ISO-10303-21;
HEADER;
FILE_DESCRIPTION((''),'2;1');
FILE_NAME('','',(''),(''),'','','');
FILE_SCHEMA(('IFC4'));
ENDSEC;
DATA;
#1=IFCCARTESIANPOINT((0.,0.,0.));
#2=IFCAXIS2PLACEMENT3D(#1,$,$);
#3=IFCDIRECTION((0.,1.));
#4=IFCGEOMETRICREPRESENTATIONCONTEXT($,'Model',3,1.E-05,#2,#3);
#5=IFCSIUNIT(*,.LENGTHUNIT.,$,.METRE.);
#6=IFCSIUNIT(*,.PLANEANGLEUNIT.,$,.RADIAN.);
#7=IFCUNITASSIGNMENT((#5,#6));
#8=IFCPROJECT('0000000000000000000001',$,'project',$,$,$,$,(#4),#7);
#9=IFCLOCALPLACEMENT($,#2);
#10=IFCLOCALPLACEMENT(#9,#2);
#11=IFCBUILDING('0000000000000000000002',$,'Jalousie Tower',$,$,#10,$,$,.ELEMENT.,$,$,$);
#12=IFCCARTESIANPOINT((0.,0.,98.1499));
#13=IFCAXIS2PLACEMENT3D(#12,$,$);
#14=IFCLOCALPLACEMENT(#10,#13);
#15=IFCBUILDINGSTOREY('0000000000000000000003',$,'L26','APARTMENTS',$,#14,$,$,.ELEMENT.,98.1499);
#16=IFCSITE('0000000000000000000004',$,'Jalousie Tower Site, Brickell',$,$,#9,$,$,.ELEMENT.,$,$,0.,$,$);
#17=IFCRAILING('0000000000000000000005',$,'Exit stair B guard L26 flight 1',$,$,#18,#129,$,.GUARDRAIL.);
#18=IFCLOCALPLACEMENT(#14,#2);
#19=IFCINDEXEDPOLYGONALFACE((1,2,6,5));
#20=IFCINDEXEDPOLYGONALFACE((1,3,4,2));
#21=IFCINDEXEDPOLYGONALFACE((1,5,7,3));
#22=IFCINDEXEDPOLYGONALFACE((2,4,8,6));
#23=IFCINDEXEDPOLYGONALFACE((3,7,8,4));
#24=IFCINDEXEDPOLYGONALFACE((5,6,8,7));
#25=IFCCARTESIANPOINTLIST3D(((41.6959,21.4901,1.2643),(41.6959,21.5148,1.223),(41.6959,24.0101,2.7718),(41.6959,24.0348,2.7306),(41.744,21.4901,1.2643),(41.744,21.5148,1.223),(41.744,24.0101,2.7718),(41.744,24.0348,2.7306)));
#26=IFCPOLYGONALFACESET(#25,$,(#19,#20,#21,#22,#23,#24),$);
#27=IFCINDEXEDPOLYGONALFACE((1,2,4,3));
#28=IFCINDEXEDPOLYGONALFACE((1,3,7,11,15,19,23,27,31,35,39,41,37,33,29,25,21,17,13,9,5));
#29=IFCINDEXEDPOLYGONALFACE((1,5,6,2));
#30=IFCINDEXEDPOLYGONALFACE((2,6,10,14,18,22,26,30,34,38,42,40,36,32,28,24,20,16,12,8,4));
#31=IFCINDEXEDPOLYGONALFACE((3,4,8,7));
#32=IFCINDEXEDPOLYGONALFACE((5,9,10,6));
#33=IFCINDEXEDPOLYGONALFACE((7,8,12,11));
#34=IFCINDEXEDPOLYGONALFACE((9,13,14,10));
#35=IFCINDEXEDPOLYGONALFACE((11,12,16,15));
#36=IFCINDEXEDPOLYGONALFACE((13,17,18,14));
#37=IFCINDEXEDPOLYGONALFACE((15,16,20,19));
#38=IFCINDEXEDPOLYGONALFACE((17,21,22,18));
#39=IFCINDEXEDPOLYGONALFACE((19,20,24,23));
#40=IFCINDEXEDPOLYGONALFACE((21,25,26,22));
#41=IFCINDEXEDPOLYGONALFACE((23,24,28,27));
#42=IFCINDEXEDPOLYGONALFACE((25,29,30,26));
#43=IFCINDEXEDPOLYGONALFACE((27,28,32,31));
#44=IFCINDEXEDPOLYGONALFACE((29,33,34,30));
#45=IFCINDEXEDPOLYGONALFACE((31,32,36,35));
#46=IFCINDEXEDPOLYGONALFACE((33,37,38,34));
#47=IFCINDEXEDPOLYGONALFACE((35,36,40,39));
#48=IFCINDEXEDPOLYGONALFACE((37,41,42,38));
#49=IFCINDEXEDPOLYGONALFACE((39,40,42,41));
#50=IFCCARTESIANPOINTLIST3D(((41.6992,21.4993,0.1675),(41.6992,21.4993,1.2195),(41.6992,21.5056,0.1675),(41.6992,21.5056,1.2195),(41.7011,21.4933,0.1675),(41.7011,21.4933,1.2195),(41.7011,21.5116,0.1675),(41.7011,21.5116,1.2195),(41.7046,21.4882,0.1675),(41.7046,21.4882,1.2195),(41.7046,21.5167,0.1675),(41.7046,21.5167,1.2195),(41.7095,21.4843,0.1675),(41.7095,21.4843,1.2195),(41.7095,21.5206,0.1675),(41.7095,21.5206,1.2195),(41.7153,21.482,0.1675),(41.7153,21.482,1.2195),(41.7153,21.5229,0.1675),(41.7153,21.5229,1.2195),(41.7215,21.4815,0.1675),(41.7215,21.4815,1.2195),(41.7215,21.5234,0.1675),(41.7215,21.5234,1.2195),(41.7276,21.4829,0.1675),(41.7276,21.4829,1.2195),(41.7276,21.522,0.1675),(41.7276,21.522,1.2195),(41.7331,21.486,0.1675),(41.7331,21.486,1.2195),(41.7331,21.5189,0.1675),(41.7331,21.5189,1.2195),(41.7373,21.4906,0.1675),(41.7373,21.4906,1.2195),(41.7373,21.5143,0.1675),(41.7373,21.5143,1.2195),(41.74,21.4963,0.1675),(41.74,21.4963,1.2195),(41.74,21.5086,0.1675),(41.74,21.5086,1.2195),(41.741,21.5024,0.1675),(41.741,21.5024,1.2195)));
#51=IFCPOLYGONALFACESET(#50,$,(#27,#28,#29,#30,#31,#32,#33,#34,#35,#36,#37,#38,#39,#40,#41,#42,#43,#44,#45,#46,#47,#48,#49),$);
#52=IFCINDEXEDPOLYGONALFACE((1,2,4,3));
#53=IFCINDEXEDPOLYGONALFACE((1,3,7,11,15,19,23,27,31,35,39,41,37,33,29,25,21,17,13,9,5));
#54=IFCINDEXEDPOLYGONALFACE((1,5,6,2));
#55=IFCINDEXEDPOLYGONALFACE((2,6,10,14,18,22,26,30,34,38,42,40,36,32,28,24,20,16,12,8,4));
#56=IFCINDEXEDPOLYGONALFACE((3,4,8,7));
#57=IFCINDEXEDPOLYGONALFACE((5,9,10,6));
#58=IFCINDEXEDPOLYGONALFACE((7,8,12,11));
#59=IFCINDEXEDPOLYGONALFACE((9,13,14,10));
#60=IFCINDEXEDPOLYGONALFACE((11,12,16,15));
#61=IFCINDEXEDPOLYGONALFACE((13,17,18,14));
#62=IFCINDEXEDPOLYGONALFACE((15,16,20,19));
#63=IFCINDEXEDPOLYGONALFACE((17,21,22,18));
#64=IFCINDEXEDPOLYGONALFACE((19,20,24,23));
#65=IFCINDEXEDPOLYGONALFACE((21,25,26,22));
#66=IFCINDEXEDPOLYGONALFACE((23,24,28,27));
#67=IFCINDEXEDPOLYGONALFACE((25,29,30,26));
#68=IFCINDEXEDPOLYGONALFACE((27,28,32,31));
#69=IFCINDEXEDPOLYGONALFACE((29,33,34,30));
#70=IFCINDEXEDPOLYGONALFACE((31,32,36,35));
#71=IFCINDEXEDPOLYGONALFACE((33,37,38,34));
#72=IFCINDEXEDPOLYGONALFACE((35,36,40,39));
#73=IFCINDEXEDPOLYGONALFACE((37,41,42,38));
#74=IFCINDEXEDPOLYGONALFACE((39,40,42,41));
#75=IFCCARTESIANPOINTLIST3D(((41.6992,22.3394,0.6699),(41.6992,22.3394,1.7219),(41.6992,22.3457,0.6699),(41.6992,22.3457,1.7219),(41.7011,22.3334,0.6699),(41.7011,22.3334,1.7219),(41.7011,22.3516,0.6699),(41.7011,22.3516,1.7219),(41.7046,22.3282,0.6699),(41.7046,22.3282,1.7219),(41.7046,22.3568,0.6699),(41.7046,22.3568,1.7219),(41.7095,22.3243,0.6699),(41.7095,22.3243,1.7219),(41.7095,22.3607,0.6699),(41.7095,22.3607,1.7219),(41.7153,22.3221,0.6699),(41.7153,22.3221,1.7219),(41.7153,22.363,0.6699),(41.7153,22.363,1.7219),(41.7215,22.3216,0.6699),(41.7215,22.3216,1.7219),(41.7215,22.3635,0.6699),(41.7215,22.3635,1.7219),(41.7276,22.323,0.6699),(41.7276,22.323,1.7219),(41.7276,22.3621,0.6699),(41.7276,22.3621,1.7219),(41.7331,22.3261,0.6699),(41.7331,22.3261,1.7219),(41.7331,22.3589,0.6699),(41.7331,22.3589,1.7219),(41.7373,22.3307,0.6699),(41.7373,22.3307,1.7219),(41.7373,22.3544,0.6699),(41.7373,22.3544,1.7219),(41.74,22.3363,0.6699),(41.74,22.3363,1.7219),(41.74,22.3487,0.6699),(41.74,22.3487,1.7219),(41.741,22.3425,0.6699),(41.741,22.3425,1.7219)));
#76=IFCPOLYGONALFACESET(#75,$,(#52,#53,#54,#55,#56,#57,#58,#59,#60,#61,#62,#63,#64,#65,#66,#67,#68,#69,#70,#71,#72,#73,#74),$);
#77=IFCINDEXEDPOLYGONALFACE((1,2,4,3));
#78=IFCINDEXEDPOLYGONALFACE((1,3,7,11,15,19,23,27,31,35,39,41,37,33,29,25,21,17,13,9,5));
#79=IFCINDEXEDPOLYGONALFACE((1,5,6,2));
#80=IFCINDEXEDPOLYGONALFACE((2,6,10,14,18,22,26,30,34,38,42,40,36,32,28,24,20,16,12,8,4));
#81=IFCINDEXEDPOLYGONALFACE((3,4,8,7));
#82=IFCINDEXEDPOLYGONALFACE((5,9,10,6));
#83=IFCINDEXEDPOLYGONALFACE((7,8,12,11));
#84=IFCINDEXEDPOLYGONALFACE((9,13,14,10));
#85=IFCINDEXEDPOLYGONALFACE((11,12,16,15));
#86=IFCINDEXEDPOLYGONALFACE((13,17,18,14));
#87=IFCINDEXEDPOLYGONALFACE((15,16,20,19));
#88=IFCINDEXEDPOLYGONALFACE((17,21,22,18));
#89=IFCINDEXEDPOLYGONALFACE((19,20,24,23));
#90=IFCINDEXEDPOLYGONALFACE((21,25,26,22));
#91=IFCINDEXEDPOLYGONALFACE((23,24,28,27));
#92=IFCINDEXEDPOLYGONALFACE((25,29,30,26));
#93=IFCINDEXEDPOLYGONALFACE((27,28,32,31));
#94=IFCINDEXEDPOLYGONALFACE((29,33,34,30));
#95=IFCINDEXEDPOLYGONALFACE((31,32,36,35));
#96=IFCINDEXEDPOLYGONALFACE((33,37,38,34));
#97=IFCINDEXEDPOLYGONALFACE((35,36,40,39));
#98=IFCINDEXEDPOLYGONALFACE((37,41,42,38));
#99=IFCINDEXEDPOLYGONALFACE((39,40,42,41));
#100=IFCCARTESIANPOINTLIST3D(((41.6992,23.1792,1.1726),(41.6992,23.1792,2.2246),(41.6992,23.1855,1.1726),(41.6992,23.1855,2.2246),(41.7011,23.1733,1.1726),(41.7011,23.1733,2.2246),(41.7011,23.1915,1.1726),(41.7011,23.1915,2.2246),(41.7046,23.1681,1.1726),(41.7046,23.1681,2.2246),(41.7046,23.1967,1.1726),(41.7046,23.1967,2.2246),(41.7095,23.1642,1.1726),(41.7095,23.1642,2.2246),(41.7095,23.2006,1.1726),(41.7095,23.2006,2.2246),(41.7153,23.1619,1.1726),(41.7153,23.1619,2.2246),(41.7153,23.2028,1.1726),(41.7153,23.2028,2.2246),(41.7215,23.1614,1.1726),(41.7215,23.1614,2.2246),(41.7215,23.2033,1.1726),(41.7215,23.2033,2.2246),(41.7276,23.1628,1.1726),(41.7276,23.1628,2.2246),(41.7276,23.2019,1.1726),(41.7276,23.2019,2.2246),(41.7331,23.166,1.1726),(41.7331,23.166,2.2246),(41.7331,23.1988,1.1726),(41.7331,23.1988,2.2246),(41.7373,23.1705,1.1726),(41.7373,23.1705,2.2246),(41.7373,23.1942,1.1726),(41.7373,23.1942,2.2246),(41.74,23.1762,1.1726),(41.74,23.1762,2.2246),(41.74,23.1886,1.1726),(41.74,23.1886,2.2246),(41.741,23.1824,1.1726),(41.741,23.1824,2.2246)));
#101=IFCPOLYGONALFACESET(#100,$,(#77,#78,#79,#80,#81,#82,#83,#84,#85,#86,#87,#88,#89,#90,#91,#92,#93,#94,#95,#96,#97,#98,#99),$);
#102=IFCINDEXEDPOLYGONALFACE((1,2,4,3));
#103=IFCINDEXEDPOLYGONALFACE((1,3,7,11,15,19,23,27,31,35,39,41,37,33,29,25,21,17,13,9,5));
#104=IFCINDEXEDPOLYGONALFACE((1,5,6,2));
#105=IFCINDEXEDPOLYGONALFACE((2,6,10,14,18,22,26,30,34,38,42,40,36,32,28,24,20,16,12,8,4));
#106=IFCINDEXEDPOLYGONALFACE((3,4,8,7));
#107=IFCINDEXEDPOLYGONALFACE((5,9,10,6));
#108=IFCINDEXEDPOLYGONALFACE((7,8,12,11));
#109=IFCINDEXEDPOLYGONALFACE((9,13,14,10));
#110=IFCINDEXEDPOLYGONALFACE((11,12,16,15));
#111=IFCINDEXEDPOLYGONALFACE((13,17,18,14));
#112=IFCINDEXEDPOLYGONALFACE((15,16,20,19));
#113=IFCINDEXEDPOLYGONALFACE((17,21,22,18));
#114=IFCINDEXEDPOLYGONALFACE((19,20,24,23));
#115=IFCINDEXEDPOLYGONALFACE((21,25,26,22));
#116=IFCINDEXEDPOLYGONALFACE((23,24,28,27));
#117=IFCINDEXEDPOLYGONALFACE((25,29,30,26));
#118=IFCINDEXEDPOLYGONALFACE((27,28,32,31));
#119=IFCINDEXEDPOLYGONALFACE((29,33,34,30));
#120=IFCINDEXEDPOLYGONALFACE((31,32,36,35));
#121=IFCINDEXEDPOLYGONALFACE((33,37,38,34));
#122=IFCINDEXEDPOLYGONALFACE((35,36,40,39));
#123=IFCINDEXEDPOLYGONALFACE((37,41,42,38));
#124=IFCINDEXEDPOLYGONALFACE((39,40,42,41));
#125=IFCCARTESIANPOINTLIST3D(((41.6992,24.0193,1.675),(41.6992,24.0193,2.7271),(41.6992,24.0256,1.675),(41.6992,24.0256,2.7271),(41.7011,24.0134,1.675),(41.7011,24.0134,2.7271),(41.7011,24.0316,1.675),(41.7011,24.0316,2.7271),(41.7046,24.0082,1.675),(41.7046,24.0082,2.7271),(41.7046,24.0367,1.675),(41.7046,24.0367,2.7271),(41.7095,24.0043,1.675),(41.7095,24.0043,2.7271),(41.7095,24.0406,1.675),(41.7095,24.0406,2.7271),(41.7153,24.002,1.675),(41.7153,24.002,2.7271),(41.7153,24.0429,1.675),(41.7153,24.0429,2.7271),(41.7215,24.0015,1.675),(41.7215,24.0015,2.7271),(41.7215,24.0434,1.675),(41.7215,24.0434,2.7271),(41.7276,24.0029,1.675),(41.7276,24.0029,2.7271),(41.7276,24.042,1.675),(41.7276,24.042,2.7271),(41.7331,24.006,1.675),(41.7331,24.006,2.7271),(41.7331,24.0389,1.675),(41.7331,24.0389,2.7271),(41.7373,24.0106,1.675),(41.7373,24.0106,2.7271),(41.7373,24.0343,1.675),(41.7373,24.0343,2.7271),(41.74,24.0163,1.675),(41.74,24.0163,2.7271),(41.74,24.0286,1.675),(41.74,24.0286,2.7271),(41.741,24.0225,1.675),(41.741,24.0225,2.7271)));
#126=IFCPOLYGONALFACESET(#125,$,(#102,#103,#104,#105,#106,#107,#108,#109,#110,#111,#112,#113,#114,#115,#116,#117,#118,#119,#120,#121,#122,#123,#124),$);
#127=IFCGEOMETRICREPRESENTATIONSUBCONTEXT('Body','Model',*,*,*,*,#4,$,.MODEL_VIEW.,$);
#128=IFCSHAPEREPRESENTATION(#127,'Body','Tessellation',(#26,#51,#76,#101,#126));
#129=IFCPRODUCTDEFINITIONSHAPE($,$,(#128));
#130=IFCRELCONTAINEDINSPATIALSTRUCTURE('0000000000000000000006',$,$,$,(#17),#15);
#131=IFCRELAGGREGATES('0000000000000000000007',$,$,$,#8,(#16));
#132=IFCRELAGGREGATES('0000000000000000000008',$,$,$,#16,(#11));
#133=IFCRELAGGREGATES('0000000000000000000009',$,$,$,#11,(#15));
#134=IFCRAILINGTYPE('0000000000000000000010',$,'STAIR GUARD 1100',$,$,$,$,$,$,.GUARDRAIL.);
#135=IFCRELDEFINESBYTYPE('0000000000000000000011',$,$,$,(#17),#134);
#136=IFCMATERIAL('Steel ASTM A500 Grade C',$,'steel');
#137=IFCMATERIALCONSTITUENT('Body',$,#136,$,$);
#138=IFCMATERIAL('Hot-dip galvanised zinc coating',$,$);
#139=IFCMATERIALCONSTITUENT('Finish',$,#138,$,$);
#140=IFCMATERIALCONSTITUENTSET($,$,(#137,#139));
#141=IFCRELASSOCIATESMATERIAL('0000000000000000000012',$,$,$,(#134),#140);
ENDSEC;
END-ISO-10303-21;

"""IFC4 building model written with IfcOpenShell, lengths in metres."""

from ifc_helpers import new_model, si_unit, direction, frame, origin, origin_2d, place, context, subcontext, project, spatial, rectangle, circle, extrude, material, constituent, constituent_set, type_object, element, save


model = new_model("IFC4")

# Units and contexts
model_context = context("Model", 3, precision=1e-05, world=origin(), true_north=direction((0.0, 1.0)))
body_context = subcontext(model_context, "Body", "Model", "MODEL_VIEW")
ifc_project = project(units=[si_unit("LENGTHUNIT", "METRE"), si_unit("PLANEANGLEUNIT", "RADIAN")], contexts=[model_context])

# Site, building, storey
site_placement = place(None, origin())
site = spatial("IfcSite", under=ifc_project, at=site_placement, Name="Jalousie Tower Site, Brickell", CompositionType="ELEMENT", RefElevation=0.0)
building_placement = place(site_placement, origin())
building = spatial("IfcBuilding", under=site, at=building_placement, Name="Jalousie Tower", CompositionType="ELEMENT")
storey_placement = place(building_placement, frame((0.0, 0.0, 98.1499)))
storey = spatial("IfcBuildingStorey", under=building, at=storey_placement, Name="L26", Description="APARTMENTS", CompositionType="ELEMENT", Elevation=98.1499)

# Railing
ifc_material_1 = material(Name="Steel ASTM A500 Grade C", Category="steel")
ifc_constituent_1 = constituent(ifc_material_1, Name="Body")
ifc_material_2 = material(Name="Hot-dip galvanised zinc coating")
ifc_constituent_2 = constituent(ifc_material_2, Name="Finish")
ifc_constituent_set_1 = constituent_set(constituents=[ifc_constituent_1, ifc_constituent_2])
railing_type_1 = type_object("IfcRailingType", Name="STAIR GUARD 1100", PredefinedType="GUARDRAIL", material=ifc_constituent_set_1)
railing_1_placement = place(storey_placement, frame((41.72, 21.5024, 0.1675)))
element("IfcRailing", 1, at=railing_1_placement, inside=storey, type_object=railing_type_1, Name="Exit stair B guard L26 flight 1", PredefinedType="GUARDRAIL", context=body_context, shape_type="SweptSolid", body=[
    extrude(rectangle(XDim=0.0481, YDim=0.0481, at=origin_2d()), frame((0.0, 0.0, 1.0762), z_axis=(0.0, 0.85816, 0.513383), x_axis=(-1.0, 0.0, 0.0)), (0.0, 0.0, 1.0), 2.9365),
    extrude(circle(Radius=0.021, at=origin_2d()), origin(), (0.0, 0.0, 1.0), 1.052),
    extrude(circle(Radius=0.021, at=origin_2d()), frame((0.0, 0.8401, 0.5024)), (0.0, 0.0, 1.0), 1.052),
    extrude(circle(Radius=0.021, at=origin_2d()), frame((0.0, 1.6799, 1.0051)), (0.0, 0.0, 1.0), 1.052),
    extrude(circle(Radius=0.021, at=origin_2d()), frame((0.0, 2.52, 1.5076)), (0.0, 0.0, 1.0), 1.052),
])

save(model, "model.ifc")
